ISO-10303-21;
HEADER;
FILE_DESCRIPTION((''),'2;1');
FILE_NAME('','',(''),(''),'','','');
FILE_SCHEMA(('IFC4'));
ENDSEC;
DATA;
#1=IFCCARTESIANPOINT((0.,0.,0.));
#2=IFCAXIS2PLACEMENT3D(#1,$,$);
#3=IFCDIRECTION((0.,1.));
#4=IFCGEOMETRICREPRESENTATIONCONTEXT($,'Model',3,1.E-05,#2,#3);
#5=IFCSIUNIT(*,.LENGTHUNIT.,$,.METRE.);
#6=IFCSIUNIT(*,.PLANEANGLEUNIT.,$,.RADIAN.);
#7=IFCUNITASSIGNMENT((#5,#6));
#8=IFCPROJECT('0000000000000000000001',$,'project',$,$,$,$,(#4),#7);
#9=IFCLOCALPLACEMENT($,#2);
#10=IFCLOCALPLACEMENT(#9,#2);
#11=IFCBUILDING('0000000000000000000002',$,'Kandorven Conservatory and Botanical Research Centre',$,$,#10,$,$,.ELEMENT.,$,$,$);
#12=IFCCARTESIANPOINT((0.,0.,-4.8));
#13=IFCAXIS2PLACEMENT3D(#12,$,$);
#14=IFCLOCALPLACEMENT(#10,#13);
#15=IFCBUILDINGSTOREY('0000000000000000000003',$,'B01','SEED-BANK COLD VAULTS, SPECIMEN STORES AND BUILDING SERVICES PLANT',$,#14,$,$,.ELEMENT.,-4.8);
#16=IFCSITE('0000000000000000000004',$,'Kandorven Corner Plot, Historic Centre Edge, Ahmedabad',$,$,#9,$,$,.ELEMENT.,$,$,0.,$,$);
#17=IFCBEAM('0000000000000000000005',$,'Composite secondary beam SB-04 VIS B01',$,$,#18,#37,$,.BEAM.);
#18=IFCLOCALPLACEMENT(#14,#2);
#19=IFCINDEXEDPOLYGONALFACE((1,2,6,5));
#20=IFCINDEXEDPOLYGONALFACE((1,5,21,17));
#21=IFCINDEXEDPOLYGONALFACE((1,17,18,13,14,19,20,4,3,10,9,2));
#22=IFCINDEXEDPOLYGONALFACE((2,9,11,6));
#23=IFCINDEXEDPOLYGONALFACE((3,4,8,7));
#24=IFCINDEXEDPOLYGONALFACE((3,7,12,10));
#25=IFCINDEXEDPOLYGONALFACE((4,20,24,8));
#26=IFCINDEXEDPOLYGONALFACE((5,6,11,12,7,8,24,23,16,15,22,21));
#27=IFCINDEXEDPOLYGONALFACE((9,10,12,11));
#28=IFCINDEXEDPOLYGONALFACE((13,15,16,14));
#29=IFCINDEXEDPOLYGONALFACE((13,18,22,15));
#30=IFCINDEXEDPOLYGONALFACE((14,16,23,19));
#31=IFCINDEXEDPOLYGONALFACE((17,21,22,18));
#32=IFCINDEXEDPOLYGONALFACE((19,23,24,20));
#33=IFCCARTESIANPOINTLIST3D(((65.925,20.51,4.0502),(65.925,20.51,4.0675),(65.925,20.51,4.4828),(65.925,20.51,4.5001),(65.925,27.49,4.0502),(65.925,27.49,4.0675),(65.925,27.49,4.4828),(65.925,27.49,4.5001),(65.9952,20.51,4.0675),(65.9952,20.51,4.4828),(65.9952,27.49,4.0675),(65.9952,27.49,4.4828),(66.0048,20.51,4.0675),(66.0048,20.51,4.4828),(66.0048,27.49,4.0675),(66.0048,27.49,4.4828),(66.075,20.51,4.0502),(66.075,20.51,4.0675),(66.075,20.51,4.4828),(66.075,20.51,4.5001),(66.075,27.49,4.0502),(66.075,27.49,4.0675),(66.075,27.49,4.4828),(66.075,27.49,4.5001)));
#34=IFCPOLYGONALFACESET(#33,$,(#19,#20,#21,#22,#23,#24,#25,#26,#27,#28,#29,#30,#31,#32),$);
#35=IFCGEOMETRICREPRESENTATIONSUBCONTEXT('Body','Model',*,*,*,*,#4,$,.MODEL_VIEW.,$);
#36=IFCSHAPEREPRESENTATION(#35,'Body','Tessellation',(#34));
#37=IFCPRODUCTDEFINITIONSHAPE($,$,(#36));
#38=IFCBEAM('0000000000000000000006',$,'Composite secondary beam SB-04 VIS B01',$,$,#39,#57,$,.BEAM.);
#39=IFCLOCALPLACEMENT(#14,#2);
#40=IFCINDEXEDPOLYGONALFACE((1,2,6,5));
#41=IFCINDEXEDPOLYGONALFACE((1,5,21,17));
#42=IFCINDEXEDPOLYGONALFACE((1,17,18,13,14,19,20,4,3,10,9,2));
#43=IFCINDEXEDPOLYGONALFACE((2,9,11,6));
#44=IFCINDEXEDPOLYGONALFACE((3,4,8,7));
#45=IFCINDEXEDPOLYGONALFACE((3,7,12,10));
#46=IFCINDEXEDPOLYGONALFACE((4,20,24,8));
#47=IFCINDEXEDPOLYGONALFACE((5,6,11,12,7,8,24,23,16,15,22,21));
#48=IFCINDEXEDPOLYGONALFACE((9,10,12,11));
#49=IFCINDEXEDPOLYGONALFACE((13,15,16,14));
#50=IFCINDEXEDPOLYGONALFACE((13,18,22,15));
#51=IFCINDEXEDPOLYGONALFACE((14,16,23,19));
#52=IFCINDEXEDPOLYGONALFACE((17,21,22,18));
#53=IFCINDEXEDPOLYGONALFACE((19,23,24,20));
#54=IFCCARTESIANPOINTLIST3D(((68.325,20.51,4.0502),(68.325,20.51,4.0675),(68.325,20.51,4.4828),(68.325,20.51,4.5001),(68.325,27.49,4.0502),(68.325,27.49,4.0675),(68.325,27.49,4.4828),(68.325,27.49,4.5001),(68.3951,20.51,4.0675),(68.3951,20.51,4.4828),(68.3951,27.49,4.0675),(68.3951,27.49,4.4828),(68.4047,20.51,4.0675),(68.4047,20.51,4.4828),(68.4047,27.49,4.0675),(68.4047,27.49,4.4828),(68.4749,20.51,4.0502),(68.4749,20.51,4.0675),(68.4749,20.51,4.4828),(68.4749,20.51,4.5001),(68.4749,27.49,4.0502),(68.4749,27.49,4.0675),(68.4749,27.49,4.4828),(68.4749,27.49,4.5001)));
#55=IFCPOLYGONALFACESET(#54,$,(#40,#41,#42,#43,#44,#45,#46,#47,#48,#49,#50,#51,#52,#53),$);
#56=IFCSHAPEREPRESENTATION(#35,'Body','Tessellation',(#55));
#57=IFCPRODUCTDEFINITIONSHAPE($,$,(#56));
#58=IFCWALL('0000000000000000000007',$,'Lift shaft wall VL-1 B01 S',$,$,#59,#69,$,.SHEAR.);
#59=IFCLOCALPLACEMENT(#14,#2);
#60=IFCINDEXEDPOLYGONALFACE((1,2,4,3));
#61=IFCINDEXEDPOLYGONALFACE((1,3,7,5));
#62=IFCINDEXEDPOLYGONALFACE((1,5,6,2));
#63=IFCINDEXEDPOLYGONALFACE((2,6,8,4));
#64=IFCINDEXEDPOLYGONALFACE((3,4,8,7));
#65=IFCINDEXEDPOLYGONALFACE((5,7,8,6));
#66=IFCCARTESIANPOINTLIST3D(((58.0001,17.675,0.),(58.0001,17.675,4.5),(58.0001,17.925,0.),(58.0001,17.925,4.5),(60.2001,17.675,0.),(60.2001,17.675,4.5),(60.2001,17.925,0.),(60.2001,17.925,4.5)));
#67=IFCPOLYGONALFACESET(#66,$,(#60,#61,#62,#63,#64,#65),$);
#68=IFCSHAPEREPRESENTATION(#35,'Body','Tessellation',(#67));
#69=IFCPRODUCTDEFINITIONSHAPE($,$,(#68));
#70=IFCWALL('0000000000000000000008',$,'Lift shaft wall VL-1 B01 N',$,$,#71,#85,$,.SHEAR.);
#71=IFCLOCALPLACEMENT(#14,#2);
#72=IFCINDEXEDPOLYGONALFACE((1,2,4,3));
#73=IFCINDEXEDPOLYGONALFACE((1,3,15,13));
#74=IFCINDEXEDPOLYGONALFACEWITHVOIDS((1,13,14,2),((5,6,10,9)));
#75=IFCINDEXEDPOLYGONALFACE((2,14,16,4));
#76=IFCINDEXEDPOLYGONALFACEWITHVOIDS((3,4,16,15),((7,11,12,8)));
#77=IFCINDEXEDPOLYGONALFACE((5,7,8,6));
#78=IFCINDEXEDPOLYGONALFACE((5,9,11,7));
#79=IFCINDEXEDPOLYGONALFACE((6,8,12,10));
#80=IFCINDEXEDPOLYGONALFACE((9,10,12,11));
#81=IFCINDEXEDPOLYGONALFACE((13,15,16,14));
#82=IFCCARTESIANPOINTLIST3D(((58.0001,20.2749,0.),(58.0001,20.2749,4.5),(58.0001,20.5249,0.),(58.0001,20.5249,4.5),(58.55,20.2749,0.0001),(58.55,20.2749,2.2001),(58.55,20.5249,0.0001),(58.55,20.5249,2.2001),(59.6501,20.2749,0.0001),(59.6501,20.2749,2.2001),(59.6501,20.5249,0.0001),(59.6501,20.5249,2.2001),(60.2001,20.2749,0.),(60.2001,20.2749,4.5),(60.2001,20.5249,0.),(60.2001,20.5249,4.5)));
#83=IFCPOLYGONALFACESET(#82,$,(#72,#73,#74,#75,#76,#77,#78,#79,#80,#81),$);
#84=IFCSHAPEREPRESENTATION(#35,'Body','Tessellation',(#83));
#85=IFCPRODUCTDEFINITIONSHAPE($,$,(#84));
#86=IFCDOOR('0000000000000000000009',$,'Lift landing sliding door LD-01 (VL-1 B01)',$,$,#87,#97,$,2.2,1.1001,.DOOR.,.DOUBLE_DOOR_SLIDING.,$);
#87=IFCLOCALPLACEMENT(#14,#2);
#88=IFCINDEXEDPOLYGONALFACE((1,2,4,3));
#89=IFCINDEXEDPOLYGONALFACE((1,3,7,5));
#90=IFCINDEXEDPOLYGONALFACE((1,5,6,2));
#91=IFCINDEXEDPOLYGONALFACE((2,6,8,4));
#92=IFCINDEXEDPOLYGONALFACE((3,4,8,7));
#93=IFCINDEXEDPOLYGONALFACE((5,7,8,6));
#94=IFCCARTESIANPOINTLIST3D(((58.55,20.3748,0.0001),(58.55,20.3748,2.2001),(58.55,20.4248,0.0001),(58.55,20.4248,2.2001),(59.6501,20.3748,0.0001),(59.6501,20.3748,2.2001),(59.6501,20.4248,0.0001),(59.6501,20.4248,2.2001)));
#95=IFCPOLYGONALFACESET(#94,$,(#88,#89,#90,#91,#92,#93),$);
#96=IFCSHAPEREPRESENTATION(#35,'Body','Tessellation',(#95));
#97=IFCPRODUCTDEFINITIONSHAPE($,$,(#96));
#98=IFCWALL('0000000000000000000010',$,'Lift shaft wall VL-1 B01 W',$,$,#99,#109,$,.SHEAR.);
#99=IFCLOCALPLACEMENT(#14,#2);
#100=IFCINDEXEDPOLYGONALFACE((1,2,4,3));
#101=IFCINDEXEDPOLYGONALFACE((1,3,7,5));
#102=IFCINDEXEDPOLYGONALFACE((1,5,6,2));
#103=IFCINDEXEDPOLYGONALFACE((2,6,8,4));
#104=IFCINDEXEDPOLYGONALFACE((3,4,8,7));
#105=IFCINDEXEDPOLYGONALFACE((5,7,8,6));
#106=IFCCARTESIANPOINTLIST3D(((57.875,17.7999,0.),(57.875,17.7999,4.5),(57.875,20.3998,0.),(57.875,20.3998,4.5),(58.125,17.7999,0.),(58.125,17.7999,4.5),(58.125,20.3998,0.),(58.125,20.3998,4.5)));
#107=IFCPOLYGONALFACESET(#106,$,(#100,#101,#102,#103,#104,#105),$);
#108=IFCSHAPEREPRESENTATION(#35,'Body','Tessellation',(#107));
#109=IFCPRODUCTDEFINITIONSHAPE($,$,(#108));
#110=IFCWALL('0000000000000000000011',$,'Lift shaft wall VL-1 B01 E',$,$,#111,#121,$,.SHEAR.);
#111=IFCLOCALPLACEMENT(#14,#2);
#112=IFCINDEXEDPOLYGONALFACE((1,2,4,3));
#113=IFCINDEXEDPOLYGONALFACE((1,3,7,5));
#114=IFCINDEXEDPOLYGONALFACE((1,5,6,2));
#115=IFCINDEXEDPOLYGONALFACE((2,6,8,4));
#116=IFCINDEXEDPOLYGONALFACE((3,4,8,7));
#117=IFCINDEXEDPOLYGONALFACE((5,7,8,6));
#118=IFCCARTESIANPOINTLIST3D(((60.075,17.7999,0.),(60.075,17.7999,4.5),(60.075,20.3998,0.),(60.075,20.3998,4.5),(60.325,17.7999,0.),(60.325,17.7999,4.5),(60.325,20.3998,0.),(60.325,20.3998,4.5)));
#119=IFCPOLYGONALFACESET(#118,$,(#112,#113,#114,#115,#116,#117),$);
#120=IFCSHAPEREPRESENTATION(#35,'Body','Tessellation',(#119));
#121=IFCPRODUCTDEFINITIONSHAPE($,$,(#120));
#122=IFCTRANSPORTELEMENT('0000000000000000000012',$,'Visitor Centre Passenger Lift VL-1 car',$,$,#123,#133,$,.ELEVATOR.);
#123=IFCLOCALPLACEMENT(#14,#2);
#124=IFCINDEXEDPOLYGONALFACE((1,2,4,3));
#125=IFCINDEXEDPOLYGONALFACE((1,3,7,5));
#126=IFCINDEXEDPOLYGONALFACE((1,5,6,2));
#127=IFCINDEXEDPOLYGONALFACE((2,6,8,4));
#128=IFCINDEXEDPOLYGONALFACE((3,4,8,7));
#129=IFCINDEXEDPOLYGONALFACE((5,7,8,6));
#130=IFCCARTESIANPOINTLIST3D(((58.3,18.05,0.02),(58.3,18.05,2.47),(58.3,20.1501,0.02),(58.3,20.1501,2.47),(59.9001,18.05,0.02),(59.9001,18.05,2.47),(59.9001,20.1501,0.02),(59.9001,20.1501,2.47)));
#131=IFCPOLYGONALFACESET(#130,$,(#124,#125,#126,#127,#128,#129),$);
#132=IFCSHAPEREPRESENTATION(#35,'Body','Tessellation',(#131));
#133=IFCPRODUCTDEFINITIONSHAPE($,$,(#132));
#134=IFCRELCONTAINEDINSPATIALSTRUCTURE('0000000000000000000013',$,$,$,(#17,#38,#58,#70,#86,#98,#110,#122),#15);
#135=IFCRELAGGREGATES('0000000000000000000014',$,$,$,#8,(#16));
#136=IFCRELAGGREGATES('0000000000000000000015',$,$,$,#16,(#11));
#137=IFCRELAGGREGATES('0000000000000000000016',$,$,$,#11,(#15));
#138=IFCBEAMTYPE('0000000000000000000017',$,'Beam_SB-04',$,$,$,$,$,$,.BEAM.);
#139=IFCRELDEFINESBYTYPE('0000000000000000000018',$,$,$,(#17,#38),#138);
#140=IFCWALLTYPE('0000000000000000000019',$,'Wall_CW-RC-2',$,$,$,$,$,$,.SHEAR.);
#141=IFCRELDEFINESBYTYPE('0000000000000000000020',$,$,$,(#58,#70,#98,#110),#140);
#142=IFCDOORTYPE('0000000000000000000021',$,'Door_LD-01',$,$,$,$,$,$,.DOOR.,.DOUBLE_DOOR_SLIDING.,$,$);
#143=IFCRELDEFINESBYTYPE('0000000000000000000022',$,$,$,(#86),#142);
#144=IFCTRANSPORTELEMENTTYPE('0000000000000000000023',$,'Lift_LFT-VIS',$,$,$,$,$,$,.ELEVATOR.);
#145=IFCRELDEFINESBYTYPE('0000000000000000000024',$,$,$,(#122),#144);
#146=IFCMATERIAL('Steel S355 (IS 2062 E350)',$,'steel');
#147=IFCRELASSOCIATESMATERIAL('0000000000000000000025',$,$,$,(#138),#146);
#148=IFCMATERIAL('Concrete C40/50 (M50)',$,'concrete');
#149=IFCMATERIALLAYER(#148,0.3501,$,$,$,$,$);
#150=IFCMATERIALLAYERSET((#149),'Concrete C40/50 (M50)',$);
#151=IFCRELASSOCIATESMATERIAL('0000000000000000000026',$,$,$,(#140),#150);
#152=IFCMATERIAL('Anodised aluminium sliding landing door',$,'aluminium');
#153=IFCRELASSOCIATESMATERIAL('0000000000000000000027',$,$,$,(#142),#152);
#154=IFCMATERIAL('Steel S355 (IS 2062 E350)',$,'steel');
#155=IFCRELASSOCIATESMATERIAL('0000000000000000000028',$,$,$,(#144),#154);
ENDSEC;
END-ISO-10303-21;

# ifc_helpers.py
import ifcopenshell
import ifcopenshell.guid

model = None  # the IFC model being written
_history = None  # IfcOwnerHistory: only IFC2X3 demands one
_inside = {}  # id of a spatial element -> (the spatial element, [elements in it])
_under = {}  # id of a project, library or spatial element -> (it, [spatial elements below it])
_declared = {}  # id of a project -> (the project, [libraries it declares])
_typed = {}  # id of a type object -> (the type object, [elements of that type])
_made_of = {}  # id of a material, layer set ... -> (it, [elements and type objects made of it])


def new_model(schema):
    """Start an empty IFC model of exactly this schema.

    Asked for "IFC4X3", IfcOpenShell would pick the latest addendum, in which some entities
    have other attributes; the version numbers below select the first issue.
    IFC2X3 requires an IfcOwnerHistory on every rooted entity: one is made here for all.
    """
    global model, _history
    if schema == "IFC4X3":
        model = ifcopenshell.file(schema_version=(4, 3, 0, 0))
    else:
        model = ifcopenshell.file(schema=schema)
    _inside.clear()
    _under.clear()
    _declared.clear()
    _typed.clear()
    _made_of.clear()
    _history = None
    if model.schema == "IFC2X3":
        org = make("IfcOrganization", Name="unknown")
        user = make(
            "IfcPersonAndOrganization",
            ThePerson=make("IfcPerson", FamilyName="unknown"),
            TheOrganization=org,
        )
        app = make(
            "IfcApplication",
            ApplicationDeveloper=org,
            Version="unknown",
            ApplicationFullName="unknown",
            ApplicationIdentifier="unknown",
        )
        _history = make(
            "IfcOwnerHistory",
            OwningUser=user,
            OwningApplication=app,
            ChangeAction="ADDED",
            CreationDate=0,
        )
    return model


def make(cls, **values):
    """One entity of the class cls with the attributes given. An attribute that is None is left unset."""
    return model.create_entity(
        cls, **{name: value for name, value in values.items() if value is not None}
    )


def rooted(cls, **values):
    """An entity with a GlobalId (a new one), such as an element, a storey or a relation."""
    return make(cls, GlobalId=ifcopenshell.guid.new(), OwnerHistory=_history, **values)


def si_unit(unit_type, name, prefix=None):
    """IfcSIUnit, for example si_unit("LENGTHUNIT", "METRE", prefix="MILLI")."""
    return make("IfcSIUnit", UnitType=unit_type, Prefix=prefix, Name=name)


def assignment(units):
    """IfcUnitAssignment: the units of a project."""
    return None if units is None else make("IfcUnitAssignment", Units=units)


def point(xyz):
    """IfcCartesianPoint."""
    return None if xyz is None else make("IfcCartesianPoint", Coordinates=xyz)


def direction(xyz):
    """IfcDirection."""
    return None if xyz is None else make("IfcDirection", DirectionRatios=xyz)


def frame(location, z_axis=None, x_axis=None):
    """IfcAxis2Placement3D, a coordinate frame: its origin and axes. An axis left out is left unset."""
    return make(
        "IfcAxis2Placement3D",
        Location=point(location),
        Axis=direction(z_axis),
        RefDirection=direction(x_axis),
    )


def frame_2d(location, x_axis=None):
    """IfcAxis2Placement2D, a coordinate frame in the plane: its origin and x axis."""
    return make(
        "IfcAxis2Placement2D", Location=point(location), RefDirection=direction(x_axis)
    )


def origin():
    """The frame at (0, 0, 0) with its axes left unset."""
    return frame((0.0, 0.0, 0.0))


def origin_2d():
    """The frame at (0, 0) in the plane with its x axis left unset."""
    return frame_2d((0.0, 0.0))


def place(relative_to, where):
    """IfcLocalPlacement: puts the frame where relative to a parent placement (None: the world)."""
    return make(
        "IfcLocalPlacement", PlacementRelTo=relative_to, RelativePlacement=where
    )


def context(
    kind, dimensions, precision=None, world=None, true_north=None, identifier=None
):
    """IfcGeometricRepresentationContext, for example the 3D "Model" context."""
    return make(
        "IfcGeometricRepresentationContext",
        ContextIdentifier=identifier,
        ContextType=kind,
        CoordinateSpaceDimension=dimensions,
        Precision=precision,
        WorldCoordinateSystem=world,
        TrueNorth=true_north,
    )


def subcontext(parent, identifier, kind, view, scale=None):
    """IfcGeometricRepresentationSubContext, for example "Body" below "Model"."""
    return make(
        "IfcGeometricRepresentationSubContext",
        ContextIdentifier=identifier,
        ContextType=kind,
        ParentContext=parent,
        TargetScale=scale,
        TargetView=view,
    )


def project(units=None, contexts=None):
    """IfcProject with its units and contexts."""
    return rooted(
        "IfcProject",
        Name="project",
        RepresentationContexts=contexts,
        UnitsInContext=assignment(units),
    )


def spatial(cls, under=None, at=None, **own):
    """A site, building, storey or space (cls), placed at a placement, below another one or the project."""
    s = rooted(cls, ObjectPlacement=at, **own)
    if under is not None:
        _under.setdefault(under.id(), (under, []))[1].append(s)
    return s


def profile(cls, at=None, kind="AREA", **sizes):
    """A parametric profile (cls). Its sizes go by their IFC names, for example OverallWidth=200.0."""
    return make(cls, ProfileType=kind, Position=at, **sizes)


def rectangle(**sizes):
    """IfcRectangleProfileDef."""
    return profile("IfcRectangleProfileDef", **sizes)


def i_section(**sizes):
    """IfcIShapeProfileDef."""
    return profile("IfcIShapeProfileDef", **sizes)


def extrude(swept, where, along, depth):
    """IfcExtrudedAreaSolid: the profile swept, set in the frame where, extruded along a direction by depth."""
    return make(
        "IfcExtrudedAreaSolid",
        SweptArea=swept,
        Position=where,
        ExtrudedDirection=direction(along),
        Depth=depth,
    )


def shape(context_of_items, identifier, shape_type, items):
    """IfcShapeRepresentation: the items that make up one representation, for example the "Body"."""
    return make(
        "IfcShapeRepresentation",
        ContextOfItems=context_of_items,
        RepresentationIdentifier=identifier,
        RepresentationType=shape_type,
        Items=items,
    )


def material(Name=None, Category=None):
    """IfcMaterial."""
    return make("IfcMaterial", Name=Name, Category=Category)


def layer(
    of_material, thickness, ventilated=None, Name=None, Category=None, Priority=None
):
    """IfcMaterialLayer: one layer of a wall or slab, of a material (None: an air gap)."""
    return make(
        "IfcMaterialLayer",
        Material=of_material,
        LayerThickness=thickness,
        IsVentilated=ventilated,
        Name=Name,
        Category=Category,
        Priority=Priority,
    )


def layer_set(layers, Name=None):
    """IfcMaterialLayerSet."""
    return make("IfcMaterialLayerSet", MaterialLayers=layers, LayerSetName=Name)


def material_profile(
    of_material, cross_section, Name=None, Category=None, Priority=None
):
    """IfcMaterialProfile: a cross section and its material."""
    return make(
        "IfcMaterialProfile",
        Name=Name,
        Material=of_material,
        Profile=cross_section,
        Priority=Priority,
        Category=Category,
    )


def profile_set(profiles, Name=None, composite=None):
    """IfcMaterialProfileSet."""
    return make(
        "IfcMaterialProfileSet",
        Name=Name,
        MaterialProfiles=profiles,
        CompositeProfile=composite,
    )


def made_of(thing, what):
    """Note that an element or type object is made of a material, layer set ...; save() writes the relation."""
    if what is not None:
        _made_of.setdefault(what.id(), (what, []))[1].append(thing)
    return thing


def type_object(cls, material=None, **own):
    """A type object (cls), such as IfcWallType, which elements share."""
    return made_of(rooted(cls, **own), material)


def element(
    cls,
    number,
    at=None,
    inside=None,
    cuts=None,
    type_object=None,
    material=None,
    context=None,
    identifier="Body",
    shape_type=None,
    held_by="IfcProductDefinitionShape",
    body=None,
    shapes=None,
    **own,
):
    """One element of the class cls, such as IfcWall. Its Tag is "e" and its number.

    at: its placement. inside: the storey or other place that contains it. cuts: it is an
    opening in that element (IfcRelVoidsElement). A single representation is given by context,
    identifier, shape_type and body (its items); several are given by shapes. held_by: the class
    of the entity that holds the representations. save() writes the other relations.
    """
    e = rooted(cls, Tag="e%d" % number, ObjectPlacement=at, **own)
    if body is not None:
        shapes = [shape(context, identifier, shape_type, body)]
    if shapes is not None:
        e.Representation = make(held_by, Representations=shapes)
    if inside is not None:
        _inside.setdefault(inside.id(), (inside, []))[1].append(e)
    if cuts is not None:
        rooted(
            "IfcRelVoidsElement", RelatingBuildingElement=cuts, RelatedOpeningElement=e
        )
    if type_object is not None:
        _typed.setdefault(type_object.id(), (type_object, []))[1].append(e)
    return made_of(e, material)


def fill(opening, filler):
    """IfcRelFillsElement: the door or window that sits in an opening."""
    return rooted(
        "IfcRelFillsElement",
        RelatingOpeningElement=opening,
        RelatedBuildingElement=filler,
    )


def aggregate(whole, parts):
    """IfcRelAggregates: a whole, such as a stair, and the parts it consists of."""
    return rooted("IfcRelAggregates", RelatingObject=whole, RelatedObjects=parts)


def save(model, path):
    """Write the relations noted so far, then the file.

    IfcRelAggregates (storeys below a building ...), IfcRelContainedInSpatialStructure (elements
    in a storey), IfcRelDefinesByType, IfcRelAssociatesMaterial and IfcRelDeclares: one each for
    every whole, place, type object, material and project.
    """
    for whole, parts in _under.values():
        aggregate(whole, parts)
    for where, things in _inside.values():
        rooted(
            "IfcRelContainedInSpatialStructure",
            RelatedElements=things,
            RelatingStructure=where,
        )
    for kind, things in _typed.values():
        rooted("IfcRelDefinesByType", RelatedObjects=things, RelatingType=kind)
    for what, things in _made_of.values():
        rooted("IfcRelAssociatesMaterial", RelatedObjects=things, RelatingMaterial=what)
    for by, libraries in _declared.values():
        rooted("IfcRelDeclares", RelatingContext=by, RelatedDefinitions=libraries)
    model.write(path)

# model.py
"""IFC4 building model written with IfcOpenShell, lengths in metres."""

from ifc_helpers import new_model, si_unit, direction, frame, frame_2d, origin, origin_2d, place, context, subcontext, project, spatial, rectangle, i_section, extrude, material, layer, layer_set, material_profile, profile_set, type_object, element, fill, save


model = new_model("IFC4")

# Units and contexts
model_context = context("Model", 3, precision=1e-05, world=origin(), true_north=direction((0.0, 1.0)))
body_context = subcontext(model_context, "Body", "Model", "MODEL_VIEW")
ifc_project = project(units=[si_unit("LENGTHUNIT", "METRE"), si_unit("PLANEANGLEUNIT", "RADIAN")], contexts=[model_context])

# Site, building, storey
site_placement = place(None, origin())
site = spatial("IfcSite", under=ifc_project, at=site_placement, Name="Kandorven Corner Plot, Historic Centre Edge, Ahmedabad", CompositionType="ELEMENT", RefElevation=0.0)
building_placement = place(site_placement, origin())
building = spatial("IfcBuilding", under=site, at=building_placement, Name="Kandorven Conservatory and Botanical Research Centre", CompositionType="ELEMENT")
storey_placement = place(building_placement, frame((0.0, 0.0, -4.8)))
storey = spatial("IfcBuildingStorey", under=building, at=storey_placement, Name="B01", Description="SEED-BANK COLD VAULTS, SPECIMEN STORES AND BUILDING SERVICES PLANT", CompositionType="ELEMENT", Elevation=-4.8)

# Beams
ifc_material_1 = material(Name="Steel S355 (IS 2062 E350)", Category="steel")
ifc_material_profile_1 = material_profile(ifc_material_1, i_section(OverallWidth=0.1499, OverallDepth=0.45, WebThickness=0.0095, FlangeThickness=0.0173, at=origin_2d()))
ifc_profile_set_1 = profile_set([ifc_material_profile_1], Name="Steel S355 (IS 2062 E350)")
beam_type_1 = type_object("IfcBeamType", Name="Beam_SB-04", PredefinedType="BEAM", material=ifc_profile_set_1)
for number, where, z_axis, x_axis, name in (
    (1, (66.0, 20.51, 4.2751), (0.0, 1.0, 0.0), (-1.0, 0.0, 0.0), "Composite secondary beam SB-04 VIS B01"),
    (2, (68.3999, 20.51, 4.2751), (0.0, 1.0, 0.0), (-1.0, 0.0, 0.0), "Composite secondary beam SB-04 VIS B01"),
):
    element("IfcBeam", number, at=place(storey_placement, frame(where, z_axis=z_axis, x_axis=x_axis)), inside=storey, type_object=beam_type_1, Name=name, PredefinedType="BEAM", context=body_context, shape_type="SweptSolid", body=[
        extrude(i_section(OverallWidth=0.1499, OverallDepth=0.45, WebThickness=0.0095, FlangeThickness=0.0173, at=origin_2d()), origin(), (0.0, 0.0, 1.0), 6.98),
    ])

# Wall
ifc_material_2 = material(Name="Concrete C40/50 (M50)", Category="concrete")
ifc_layer = layer(ifc_material_2, 0.3501)
ifc_layer_set = layer_set([ifc_layer], Name="Concrete C40/50 (M50)")
wall_type = type_object("IfcWallType", Name="Wall_CW-RC-2", PredefinedType="SHEAR", material=ifc_layer_set)
wall_1_placement = place(storey_placement, frame((58.0, 17.8, 0.0), z_axis=(0.0, 0.0, 1.0), x_axis=(1.0, 0.0, 0.0)))
element("IfcWall", 3, at=wall_1_placement, inside=storey, type_object=wall_type, Name="Lift shaft wall VL-1 B01 S", PredefinedType="SHEAR", context=body_context, shape_type="SweptSolid", body=[
    extrude(rectangle(XDim=2.2, YDim=0.25, at=frame_2d((1.1001, 0.0))), origin(), (0.0, 0.0, 1.0), 4.5),
])

# Wall, opening, door
wall_2_placement = place(storey_placement, frame((58.0, 20.3999, 0.0), z_axis=(0.0, 0.0, 1.0), x_axis=(1.0, 0.0, 0.0)))
wall_2 = element("IfcWall", 4, at=wall_2_placement, inside=storey, type_object=wall_type, Name="Lift shaft wall VL-1 B01 N", PredefinedType="SHEAR", context=body_context, shape_type="SweptSolid", body=[
    extrude(rectangle(XDim=2.2, YDim=0.25, at=frame_2d((1.1001, 0.0))), origin(), (0.0, 0.0, 1.0), 4.5),
])
opening_placement = place(wall_2_placement, frame((0.55, 0.0, 0.0)))
opening = element("IfcOpeningElement", 5, at=opening_placement, cuts=wall_2, PredefinedType="OPENING", context=body_context, shape_type="SweptSolid", body=[
    extrude(rectangle(XDim=1.1001, YDim=2.2, at=frame_2d((0.55, 1.1001))), frame((0.0, 0.135, 0.0), z_axis=(0.0, -1.0, 0.0), x_axis=(1.0, 0.0, 0.0)), (0.0, 0.0, 1.0), 0.27),
])
ifc_material_3 = material(Name="Anodised aluminium sliding landing door", Category="aluminium")
door_type = type_object("IfcDoorType", Name="Door_LD-01", OperationType="DOUBLE_DOOR_SLIDING", PredefinedType="DOOR", material=ifc_material_3)
door_placement = place(opening_placement, origin())
door = element("IfcDoor", 6, at=door_placement, inside=storey, type_object=door_type, Name="Lift landing sliding door LD-01 (VL-1 B01)", OperationType="DOUBLE_DOOR_SLIDING", OverallHeight=2.2, OverallWidth=1.1001, PredefinedType="DOOR", context=body_context, shape_type="SweptSolid", body=[
    extrude(rectangle(XDim=1.1001, YDim=2.2, at=frame_2d((0.55, 1.1001))), frame((0.0, 0.0249, 0.0), z_axis=(0.0, -1.0, 0.0), x_axis=(1.0, 0.0, 0.0)), (0.0, 0.0, 1.0), 0.05),
])
fill(opening, door)

# Walls
for number, where, z_axis, x_axis, name in (
    (7, (58.0, 17.8, 0.0), (0.0, 0.0, 1.0), (0.0, 1.0, 0.0), "Lift shaft wall VL-1 B01 W"),
    (8, (60.2, 17.8, 0.0), (0.0, 0.0, 1.0), (0.0, 1.0, 0.0), "Lift shaft wall VL-1 B01 E"),
):
    element("IfcWall", number, at=place(storey_placement, frame(where, z_axis=z_axis, x_axis=x_axis)), inside=storey, type_object=wall_type, Name=name, PredefinedType="SHEAR", context=body_context, shape_type="SweptSolid", body=[
        extrude(rectangle(XDim=2.5999, YDim=0.25, at=frame_2d((1.2998, 0.0))), origin(), (0.0, 0.0, 1.0), 4.5),
    ])

# Transport element
ifc_material_4 = material(Name="Steel S355 (IS 2062 E350)", Category="steel")
transport_element_type = type_object("IfcTransportElementType", Name="Lift_LFT-VIS", PredefinedType="ELEVATOR", material=ifc_material_4)
transport_element_placement = place(storey_placement, frame((59.1001, 19.1001, 0.02), z_axis=(0.0, 0.0, 1.0), x_axis=(1.0, 0.0, 0.0)))
element("IfcTransportElement", 9, at=transport_element_placement, inside=storey, type_object=transport_element_type, Name="Visitor Centre Passenger Lift VL-1 car", PredefinedType="ELEVATOR", context=body_context, shape_type="SweptSolid", body=[
    extrude(rectangle(XDim=1.6001, YDim=2.1001, at=origin_2d()), origin(), (0.0, 0.0, 1.0), 2.45),
])

save(model, "model.ifc")
